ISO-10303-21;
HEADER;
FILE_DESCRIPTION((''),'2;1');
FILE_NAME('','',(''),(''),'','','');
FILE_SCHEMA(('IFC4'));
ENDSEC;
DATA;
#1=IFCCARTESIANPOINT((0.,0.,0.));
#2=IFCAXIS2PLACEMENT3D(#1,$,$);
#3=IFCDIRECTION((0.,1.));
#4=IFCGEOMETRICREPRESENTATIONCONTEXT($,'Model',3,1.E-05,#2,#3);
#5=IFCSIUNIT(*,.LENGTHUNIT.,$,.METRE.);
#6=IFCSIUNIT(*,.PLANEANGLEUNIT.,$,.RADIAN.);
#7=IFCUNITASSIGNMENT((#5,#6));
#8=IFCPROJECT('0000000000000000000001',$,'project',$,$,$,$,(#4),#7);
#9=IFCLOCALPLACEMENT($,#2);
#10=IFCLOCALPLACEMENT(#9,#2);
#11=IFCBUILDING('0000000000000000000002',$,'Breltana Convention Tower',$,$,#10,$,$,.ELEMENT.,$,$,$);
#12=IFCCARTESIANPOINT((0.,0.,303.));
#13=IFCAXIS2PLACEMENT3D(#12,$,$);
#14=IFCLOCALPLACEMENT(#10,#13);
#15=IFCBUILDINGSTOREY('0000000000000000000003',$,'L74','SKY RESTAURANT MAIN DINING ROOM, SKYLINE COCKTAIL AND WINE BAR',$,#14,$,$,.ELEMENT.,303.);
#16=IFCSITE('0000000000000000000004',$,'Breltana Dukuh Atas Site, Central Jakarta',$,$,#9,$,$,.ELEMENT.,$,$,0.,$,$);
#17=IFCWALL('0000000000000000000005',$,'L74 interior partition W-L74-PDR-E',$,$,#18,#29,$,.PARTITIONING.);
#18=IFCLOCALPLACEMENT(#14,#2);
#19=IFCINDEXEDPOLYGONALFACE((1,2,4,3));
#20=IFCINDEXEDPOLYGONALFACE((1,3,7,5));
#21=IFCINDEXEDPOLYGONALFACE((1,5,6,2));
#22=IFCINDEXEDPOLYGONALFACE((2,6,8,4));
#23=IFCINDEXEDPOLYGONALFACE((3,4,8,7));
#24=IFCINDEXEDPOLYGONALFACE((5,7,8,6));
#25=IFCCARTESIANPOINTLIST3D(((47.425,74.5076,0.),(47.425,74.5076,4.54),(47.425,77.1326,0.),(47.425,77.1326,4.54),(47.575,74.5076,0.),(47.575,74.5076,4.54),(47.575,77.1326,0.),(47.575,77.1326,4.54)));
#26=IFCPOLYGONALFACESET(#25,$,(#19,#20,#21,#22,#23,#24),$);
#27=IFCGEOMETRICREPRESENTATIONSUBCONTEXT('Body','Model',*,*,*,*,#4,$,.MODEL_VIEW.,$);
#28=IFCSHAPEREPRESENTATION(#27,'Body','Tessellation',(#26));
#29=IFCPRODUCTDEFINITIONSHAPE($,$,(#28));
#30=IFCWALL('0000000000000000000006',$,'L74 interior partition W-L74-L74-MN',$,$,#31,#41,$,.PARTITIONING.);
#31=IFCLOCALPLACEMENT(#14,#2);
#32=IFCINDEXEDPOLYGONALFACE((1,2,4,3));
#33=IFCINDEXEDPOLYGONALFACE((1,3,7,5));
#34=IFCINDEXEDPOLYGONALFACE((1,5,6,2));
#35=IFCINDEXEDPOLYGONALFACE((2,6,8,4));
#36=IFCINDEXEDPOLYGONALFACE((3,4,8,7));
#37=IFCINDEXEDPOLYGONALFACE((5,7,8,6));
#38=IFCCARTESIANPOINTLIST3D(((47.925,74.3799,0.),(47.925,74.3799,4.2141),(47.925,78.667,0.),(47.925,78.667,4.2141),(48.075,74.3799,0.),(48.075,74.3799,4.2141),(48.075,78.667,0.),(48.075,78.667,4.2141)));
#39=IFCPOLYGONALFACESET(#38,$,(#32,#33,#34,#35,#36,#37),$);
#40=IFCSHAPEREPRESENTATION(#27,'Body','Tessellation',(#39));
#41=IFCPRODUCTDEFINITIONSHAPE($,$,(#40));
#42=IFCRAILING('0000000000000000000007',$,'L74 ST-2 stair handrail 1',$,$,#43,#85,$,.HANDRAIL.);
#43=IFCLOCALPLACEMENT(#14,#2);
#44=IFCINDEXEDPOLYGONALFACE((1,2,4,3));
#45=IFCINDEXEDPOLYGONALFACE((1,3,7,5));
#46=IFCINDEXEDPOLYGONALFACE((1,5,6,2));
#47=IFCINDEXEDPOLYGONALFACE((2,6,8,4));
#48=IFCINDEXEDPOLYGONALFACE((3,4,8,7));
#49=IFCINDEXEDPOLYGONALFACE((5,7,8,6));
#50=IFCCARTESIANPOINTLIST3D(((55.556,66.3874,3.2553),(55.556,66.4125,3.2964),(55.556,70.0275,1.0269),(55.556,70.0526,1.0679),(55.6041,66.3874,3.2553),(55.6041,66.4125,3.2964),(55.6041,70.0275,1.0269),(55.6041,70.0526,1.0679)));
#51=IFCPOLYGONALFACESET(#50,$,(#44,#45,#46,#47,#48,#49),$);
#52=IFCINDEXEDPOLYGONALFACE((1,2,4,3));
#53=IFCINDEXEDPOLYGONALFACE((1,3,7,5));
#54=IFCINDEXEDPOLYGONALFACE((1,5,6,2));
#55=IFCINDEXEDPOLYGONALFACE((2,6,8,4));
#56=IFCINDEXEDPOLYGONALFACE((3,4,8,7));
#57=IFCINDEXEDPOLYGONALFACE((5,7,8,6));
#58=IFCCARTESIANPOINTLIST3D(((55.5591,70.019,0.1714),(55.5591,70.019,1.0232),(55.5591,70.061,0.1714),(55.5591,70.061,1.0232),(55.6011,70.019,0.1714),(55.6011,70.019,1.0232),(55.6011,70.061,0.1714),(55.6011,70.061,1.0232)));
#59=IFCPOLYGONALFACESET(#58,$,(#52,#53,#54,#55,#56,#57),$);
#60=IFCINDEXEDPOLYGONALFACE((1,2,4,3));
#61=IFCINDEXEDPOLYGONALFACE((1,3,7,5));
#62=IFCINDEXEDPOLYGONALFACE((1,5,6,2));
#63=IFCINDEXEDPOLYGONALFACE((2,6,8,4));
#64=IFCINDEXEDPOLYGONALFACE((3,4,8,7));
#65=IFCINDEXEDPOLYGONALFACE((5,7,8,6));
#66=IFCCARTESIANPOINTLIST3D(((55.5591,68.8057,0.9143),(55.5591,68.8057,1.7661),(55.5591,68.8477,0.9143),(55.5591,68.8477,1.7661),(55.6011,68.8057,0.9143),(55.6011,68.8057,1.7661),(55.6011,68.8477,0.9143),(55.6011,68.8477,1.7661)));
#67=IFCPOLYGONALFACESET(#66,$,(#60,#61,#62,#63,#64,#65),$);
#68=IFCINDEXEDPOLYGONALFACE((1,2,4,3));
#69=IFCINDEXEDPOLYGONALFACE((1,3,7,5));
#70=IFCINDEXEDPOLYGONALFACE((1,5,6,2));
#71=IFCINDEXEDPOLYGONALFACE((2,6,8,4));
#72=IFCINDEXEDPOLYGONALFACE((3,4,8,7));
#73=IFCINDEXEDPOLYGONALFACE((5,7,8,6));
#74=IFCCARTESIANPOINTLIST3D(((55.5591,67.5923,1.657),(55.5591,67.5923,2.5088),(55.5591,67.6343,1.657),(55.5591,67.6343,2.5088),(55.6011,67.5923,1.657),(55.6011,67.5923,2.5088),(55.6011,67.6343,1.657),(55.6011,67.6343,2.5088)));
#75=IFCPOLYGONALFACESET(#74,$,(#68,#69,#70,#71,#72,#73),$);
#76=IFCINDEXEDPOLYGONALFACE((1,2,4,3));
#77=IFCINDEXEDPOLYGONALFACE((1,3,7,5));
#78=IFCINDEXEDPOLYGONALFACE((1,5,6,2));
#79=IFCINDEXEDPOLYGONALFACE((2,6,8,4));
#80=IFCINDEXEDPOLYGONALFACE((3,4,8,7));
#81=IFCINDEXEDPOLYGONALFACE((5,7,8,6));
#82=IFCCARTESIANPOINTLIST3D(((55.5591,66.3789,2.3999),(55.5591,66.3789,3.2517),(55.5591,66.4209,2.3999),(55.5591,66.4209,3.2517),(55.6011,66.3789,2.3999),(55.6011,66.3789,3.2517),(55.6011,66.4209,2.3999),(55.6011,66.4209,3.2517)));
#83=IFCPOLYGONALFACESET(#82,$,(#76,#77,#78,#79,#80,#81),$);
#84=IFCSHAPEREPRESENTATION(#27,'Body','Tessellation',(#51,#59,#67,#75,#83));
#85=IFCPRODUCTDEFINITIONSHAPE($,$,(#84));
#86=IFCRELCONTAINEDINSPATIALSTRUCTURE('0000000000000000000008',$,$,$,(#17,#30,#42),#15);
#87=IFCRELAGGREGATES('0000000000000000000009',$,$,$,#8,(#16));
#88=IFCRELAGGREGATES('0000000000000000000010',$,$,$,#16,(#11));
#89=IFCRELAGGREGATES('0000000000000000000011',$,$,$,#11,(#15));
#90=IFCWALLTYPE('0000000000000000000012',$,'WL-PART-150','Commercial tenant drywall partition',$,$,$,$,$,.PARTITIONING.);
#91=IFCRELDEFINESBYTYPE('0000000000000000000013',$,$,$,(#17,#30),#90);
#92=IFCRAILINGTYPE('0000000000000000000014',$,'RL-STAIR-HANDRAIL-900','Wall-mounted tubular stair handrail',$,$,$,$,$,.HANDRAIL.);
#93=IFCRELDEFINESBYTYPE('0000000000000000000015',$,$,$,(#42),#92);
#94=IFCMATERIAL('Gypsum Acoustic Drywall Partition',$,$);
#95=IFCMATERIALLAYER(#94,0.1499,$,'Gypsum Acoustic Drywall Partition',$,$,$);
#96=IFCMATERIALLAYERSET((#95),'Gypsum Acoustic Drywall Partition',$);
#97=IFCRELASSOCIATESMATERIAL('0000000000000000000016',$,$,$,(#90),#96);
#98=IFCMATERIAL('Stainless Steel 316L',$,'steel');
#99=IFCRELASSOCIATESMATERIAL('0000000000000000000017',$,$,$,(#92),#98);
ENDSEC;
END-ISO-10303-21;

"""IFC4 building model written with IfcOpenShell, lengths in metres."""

from ifc_helpers import new_model, si_unit, direction, frame, frame_2d, origin, origin_2d, place, context, subcontext, project, spatial, rectangle, extrude, source, transform, mapped, material, layer, layer_set, type_object, element, save


model = new_model("IFC4")

# Units and contexts
model_context = context("Model", 3, precision=1e-05, world=origin(), true_north=direction((0.0, 1.0)))
body_context = subcontext(model_context, "Body", "Model", "MODEL_VIEW")
ifc_project = project(units=[si_unit("LENGTHUNIT", "METRE"), si_unit("PLANEANGLEUNIT", "RADIAN")], contexts=[model_context])

# Site, building, storey
site_placement = place(None, origin())
site = spatial("IfcSite", under=ifc_project, at=site_placement, Name="Breltana Dukuh Atas Site, Central Jakarta", CompositionType="ELEMENT", RefElevation=0.0)
building_placement = place(site_placement, origin())
building = spatial("IfcBuilding", under=site, at=building_placement, Name="Breltana Convention Tower", CompositionType="ELEMENT")
storey_placement = place(building_placement, frame((0.0, 0.0, 303.0)))
storey = spatial("IfcBuildingStorey", under=building, at=storey_placement, Name="L74", Description="SKY RESTAURANT MAIN DINING ROOM, SKYLINE COCKTAIL AND WINE BAR", CompositionType="ELEMENT", Elevation=303.0)

# Walls
ifc_material_1 = material(Name="Gypsum Acoustic Drywall Partition")
ifc_layer_1 = layer(ifc_material_1, 0.1499, Name="Gypsum Acoustic Drywall Partition")
ifc_layer_set_1 = layer_set([ifc_layer_1], Name="Gypsum Acoustic Drywall Partition")
wall_type_1 = type_object("IfcWallType", Name="WL-PART-150", Description="Commercial tenant drywall partition", PredefinedType="PARTITIONING", material=ifc_layer_set_1)
shared_shape_1 = source(origin(), body_context, "Body", "SweptSolid", [
    extrude(rectangle(XDim=2.625, YDim=0.1499, at=frame_2d((1.3125, 0.0))), origin(), (0.0, 0.0, 1.0), 4.54),
])
wall_1_placement = place(storey_placement, frame((47.5, 74.5076, 0.0), z_axis=(0.0, 0.0, 1.0), x_axis=(0.0, 1.0, 0.0)))
element("IfcWall", 1, at=wall_1_placement, inside=storey, type_object=wall_type_1, Name="L74 interior partition W-L74-PDR-E", PredefinedType="PARTITIONING", context=body_context, shape_type="MappedRepresentation", body=[
    mapped(shared_shape_1, transform((0.0, 0.0, 0.0), scale=1.0)),
])
shared_shape_2 = source(origin(), body_context, "Body", "SweptSolid", [
    extrude(rectangle(XDim=4.2871, YDim=0.1499, at=frame_2d((2.1436, 0.0))), origin(), (0.0, 0.0, 1.0), 4.2141),
])
wall_2_placement = place(storey_placement, frame((48.0, 74.3799, 0.0), z_axis=(0.0, 0.0, 1.0), x_axis=(0.0, 1.0, 0.0)))
element("IfcWall", 2, at=wall_2_placement, inside=storey, type_object=wall_type_1, Name="L74 interior partition W-L74-L74-MN", PredefinedType="PARTITIONING", context=body_context, shape_type="MappedRepresentation", body=[
    mapped(shared_shape_2, transform((0.0, 0.0, 0.0), scale=1.0)),
])

# Railing
ifc_material_2 = material(Name="Stainless Steel 316L", Category="steel")
railing_type = type_object("IfcRailingType", Name="RL-STAIR-HANDRAIL-900", Description="Wall-mounted tubular stair handrail", PredefinedType="HANDRAIL", material=ifc_material_2)
railing_placement = place(storey_placement, frame((55.5801, 70.04, 0.1714)))
element("IfcRailing", 3, at=railing_placement, inside=storey, type_object=railing_type, Name="L74 ST-2 stair handrail 1", PredefinedType="HANDRAIL", context=body_context, shape_type="SweptSolid", body=[
    extrude(rectangle(XDim=0.0481, YDim=0.0481, at=origin_2d()), frame((0.0, 0.0, 0.876), z_axis=(0.0, -0.852866, 0.52213), x_axis=(1.0, 0.0, 0.0)), (0.0, 0.0, 1.0), 4.2681),
    extrude(rectangle(XDim=0.042, YDim=0.042, at=origin_2d()), origin(), (0.0, 0.0, 1.0), 0.8518),
    extrude(rectangle(XDim=0.042, YDim=0.042, at=origin_2d()), frame((0.0, -1.2134, 0.7429)), (0.0, 0.0, 1.0), 0.8518),
    extrude(rectangle(XDim=0.042, YDim=0.042, at=origin_2d()), frame((0.0, -2.4268, 1.4856)), (0.0, 0.0, 1.0), 0.8518),
    extrude(rectangle(XDim=0.042, YDim=0.042, at=origin_2d()), frame((0.0, -3.6401, 2.2285)), (0.0, 0.0, 1.0), 0.8518),
])

save(model, "model.ifc")
